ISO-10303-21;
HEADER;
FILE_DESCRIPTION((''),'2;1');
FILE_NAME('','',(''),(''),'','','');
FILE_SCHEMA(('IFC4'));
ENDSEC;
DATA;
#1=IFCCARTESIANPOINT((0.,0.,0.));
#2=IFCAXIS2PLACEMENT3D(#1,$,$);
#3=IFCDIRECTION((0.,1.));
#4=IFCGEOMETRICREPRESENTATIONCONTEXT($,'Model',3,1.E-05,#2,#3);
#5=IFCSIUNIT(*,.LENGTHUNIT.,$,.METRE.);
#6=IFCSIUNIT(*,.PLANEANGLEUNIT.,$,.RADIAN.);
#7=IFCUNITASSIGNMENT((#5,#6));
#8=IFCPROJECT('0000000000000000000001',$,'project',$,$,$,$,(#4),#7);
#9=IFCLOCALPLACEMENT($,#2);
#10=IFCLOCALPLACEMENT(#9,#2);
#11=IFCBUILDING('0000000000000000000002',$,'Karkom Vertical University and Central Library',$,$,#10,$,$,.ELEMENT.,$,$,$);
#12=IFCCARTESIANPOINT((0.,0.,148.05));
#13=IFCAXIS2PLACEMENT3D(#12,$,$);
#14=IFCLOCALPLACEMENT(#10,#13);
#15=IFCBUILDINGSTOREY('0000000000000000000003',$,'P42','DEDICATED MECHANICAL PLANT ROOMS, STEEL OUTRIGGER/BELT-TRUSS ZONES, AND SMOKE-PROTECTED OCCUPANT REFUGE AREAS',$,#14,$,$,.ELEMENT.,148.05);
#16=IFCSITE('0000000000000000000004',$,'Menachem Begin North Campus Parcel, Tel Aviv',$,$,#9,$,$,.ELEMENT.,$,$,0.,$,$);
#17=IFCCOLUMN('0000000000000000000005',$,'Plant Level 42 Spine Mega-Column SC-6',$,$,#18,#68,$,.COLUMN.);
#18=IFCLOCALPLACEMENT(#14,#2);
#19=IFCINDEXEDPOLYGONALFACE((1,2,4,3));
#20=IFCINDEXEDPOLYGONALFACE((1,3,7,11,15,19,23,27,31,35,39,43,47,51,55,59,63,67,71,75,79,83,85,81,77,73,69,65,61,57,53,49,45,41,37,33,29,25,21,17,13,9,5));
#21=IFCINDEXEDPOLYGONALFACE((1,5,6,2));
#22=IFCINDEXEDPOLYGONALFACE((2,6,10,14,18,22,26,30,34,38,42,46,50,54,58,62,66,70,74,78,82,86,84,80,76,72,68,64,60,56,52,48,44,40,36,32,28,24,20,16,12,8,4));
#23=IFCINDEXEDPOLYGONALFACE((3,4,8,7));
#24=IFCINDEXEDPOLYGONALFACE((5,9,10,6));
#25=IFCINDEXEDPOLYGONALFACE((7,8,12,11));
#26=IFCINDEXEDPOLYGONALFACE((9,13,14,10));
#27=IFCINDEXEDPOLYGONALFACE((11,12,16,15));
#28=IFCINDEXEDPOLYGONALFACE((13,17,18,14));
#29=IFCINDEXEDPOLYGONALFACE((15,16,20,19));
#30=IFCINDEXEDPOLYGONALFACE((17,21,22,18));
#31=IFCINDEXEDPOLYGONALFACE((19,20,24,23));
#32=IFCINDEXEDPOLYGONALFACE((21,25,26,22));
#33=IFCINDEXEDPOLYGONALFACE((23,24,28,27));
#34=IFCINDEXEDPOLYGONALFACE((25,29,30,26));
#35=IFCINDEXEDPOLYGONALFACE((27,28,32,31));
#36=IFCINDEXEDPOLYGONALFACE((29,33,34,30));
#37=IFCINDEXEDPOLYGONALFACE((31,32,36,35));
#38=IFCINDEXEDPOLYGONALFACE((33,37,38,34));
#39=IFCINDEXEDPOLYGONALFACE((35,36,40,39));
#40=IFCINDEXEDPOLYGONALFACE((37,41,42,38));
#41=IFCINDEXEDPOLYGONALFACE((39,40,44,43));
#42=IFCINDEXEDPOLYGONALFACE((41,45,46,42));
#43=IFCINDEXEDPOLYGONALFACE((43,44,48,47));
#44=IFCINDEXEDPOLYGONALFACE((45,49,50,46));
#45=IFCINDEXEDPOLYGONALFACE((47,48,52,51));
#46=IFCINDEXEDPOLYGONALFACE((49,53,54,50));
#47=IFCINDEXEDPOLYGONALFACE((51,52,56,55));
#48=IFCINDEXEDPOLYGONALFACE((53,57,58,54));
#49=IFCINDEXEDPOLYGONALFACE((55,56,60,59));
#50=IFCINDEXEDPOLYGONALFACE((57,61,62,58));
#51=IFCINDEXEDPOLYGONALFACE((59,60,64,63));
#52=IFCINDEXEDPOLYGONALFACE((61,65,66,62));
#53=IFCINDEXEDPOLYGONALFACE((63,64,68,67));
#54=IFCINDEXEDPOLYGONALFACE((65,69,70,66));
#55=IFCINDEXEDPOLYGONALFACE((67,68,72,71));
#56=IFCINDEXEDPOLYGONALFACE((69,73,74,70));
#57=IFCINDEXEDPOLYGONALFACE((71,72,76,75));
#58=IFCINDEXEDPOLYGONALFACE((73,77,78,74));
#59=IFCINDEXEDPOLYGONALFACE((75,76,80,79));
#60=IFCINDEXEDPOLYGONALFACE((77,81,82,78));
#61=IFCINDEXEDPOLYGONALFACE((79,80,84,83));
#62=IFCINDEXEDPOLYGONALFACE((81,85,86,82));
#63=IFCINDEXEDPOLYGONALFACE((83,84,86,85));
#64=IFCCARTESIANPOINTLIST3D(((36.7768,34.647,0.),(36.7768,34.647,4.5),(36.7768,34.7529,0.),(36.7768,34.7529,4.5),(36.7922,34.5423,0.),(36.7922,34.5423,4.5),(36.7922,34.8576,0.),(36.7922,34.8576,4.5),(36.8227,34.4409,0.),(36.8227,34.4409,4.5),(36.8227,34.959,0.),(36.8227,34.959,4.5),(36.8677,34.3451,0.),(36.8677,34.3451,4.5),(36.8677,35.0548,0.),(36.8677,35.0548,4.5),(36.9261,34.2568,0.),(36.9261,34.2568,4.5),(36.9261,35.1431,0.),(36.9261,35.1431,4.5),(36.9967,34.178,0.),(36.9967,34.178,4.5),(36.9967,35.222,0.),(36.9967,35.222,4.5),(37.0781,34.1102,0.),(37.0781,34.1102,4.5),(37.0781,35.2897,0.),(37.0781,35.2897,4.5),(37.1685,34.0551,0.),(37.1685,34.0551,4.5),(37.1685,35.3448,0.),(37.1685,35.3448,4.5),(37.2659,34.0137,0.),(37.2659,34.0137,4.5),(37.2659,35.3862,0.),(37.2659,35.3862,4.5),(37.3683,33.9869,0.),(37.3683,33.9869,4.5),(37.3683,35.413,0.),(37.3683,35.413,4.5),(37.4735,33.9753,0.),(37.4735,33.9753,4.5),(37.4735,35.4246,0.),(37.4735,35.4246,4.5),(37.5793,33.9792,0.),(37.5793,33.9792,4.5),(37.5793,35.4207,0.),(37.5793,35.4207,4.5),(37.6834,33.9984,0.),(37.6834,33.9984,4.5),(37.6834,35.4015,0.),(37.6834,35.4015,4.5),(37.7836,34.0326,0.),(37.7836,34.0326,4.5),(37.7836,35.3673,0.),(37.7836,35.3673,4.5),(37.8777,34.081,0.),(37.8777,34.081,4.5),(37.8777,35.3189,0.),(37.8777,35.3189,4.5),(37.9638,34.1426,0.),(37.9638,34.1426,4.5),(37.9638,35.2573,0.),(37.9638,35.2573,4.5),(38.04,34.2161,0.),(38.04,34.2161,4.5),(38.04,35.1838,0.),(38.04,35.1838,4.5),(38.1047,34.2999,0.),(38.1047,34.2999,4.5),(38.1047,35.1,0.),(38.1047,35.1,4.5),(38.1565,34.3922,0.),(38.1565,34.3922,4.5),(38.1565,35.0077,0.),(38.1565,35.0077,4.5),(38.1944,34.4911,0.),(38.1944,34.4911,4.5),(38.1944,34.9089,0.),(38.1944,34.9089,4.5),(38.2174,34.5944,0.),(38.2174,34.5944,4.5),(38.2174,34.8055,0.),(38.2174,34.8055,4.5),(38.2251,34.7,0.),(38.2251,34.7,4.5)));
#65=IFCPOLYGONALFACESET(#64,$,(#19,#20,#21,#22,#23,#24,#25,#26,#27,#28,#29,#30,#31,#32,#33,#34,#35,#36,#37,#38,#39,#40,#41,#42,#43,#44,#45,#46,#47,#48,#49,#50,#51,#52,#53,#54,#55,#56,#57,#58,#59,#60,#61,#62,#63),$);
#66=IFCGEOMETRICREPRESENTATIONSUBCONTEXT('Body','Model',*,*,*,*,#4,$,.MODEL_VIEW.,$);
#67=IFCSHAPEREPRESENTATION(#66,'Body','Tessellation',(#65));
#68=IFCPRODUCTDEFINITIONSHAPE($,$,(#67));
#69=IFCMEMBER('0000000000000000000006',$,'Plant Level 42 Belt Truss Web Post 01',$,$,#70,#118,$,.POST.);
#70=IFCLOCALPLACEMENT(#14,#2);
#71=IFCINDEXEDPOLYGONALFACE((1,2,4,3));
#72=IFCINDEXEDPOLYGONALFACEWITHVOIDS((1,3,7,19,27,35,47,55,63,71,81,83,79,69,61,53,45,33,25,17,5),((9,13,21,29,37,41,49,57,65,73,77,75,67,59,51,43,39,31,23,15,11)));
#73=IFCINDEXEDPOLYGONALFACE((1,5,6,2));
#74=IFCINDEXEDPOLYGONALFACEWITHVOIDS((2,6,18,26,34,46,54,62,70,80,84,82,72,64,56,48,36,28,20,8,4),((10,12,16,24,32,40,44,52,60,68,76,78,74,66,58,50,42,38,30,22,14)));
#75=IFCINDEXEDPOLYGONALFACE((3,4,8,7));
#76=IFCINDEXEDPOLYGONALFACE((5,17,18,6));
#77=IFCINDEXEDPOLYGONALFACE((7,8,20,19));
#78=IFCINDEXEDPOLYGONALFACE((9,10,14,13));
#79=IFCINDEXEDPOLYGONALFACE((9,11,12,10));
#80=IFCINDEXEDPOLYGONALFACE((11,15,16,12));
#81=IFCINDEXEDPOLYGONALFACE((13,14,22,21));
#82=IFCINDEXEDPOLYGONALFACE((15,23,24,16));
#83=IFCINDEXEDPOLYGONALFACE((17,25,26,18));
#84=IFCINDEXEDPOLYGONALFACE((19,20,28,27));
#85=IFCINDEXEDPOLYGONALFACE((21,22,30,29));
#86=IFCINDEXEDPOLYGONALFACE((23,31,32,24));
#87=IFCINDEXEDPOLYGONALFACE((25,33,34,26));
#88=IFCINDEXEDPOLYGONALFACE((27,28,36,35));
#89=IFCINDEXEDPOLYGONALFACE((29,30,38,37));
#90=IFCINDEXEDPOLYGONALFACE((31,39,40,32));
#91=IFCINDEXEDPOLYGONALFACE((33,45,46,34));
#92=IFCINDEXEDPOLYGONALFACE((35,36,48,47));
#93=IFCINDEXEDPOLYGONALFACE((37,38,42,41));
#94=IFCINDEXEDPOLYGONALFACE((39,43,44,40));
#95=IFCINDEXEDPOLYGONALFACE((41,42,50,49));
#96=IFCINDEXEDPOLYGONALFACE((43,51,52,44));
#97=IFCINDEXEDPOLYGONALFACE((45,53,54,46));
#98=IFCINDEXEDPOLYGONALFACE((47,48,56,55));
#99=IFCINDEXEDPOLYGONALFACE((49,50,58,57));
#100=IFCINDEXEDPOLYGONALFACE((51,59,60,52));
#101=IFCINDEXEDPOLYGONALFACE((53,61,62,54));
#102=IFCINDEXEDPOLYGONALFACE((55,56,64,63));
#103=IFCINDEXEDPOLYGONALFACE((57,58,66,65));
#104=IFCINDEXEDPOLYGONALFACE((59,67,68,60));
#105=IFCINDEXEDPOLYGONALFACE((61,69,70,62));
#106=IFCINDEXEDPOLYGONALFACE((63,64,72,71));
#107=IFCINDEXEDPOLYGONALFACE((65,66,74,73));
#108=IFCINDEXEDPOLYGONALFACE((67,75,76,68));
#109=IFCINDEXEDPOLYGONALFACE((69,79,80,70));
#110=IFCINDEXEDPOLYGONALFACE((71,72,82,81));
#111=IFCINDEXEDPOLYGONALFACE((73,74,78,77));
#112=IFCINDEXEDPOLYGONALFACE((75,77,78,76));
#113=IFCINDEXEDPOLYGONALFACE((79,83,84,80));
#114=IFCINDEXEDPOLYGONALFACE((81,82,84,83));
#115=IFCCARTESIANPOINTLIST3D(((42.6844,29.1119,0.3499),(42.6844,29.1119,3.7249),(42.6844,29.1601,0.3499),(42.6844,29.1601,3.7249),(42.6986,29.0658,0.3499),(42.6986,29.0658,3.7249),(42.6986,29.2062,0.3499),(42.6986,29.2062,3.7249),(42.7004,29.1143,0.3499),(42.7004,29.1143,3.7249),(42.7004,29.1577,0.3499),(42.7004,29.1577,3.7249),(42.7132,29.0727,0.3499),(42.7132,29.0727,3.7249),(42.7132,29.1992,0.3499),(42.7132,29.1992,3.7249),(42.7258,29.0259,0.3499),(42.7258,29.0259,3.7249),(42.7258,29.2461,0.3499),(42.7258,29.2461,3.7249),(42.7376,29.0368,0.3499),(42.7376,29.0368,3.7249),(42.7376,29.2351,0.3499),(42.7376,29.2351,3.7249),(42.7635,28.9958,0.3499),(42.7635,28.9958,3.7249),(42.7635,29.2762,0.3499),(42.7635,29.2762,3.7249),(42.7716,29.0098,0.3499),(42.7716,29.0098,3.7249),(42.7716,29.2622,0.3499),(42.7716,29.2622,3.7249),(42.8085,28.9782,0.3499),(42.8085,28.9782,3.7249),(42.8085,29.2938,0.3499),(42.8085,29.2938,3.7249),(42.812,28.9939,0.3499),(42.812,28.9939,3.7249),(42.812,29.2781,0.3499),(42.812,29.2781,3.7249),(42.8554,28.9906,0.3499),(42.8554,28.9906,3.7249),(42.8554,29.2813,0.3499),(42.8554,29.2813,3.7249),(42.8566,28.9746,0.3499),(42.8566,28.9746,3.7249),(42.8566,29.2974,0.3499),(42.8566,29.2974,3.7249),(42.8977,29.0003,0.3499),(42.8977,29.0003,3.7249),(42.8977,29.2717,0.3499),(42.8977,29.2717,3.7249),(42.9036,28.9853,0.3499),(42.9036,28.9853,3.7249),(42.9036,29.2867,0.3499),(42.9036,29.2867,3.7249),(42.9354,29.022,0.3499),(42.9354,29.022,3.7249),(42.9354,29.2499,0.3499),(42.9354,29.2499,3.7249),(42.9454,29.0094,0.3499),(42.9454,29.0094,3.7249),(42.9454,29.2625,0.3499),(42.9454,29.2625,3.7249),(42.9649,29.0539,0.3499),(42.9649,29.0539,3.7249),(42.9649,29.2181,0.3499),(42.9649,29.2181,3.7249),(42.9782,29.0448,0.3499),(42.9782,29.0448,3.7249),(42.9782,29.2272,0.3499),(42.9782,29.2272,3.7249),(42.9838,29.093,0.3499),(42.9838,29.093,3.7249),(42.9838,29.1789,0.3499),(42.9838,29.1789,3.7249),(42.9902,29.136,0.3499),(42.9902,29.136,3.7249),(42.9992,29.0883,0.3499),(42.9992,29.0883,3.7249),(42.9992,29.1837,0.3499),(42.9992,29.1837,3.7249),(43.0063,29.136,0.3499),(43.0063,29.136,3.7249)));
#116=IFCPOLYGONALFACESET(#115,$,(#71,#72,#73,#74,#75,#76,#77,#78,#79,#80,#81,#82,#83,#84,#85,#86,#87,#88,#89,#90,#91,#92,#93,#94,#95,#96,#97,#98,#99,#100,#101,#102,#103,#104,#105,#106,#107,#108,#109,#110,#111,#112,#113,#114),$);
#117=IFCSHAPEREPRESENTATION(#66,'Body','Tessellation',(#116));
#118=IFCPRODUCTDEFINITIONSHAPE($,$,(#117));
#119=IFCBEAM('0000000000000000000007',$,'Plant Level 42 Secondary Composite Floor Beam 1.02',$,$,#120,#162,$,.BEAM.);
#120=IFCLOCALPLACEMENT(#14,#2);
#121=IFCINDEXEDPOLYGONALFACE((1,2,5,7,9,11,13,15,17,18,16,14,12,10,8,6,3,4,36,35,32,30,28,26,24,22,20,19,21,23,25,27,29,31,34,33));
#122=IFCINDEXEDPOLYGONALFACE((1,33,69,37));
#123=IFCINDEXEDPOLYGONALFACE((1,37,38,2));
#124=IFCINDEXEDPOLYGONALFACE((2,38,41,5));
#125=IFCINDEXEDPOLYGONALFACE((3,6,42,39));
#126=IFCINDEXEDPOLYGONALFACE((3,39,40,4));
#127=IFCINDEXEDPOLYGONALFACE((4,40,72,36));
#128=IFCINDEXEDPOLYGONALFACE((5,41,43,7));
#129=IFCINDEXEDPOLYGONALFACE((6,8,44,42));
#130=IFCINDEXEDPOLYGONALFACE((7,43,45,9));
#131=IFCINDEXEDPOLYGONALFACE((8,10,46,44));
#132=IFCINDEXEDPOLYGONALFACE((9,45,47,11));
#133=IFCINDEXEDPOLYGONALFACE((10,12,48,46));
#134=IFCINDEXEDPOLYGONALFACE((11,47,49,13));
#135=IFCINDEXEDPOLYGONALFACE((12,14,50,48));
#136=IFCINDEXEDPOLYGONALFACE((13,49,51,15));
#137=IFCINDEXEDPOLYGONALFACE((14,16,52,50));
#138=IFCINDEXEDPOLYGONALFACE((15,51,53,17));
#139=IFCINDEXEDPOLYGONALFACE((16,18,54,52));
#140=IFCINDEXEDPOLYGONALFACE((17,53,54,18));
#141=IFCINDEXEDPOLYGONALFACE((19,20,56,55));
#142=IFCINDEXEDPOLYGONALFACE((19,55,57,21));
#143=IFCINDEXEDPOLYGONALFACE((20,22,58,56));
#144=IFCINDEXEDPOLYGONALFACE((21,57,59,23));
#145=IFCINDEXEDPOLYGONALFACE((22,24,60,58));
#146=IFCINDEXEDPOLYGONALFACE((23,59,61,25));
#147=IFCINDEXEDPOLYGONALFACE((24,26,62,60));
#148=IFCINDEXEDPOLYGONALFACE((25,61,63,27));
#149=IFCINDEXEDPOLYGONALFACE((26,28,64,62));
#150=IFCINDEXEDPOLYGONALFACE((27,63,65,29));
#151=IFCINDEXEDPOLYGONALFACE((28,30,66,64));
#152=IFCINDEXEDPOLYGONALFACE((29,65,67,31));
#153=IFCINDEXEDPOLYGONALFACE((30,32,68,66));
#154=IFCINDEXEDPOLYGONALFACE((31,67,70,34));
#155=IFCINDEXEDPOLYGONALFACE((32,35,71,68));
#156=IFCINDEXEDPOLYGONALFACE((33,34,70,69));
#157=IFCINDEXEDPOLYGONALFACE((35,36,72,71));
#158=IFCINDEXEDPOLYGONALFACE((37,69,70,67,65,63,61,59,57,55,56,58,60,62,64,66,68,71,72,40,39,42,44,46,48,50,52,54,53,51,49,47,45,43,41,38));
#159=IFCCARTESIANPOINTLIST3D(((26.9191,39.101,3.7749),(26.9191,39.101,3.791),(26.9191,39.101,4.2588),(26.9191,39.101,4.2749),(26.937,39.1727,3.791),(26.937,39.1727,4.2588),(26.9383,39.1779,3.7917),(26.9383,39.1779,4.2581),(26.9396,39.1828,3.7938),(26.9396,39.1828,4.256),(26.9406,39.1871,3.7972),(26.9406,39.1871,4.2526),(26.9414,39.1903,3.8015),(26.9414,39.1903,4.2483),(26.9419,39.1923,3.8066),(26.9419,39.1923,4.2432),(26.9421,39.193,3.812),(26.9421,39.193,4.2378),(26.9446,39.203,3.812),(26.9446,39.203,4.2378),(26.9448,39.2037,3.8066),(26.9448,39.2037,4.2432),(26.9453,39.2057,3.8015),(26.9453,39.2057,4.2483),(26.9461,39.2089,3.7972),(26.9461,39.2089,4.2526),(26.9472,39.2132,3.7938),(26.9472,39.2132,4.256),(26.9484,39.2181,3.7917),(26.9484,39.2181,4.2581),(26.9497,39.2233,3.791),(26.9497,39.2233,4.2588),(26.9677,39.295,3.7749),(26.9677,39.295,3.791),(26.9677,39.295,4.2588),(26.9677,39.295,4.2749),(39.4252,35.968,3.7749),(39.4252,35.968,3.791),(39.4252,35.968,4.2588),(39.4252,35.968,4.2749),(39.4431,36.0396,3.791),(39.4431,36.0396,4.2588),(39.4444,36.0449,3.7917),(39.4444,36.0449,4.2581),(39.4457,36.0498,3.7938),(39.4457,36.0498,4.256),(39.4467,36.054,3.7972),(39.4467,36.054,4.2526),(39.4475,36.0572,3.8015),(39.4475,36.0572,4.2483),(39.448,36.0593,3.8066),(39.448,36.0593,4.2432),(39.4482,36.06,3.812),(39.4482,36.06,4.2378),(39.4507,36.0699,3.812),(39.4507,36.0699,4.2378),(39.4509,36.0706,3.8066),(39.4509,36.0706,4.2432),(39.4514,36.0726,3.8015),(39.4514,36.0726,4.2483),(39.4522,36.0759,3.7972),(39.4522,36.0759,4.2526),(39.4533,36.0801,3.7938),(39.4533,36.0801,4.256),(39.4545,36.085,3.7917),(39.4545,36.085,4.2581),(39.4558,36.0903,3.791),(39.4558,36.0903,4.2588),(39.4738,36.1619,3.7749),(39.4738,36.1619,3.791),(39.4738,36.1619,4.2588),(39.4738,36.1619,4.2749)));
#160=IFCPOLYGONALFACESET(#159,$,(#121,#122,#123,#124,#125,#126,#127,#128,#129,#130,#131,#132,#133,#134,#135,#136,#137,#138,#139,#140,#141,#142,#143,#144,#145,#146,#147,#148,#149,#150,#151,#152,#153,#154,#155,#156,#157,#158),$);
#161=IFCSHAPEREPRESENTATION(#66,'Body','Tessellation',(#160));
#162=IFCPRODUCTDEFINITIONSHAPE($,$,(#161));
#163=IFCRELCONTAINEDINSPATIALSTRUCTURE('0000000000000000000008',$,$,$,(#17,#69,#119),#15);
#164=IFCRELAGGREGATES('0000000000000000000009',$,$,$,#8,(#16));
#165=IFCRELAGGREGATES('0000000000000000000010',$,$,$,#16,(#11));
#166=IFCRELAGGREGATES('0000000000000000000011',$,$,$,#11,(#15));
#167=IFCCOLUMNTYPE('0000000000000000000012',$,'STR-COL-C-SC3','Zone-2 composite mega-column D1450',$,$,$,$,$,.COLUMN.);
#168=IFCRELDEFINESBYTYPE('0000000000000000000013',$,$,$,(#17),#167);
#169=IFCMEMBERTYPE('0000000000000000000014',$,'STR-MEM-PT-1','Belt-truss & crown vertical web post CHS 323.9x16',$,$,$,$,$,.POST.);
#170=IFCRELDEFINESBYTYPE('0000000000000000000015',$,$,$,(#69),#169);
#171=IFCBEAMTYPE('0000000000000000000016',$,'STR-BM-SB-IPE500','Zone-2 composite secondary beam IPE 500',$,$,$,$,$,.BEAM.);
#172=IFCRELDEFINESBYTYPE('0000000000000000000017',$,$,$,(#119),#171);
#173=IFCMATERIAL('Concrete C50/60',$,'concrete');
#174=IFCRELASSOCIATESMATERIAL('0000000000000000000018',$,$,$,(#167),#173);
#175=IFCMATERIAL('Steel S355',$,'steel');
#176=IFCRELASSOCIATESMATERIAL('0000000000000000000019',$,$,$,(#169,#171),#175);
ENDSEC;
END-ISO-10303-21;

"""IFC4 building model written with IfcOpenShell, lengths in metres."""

from ifc_helpers import new_model, si_unit, direction, frame, origin, origin_with_axes, origin_2d, place, context, subcontext, project, spatial, circle, hollow_circle, i_section, extrude, source, transform, mapped, material, material_profile, profile_set, type_object, element, save


model = new_model("IFC4")

# Units and contexts
model_context = context("Model", 3, precision=1e-05, world=origin(), true_north=direction((0.0, 1.0)))
body_context = subcontext(model_context, "Body", "Model", "MODEL_VIEW")
ifc_project = project(units=[si_unit("LENGTHUNIT", "METRE"), si_unit("PLANEANGLEUNIT", "RADIAN")], contexts=[model_context])

# Site, building, storey
site_placement = place(None, origin())
site = spatial("IfcSite", under=ifc_project, at=site_placement, Name="Menachem Begin North Campus Parcel, Tel Aviv", CompositionType="ELEMENT", RefElevation=0.0)
building_placement = place(site_placement, origin())
building = spatial("IfcBuilding", under=site, at=building_placement, Name="Karkom Vertical University and Central Library", CompositionType="ELEMENT")
storey_placement = place(building_placement, frame((0.0, 0.0, 148.05)))
storey = spatial("IfcBuildingStorey", under=building, at=storey_placement, Name="P42", Description="DEDICATED MECHANICAL PLANT ROOMS, STEEL OUTRIGGER/BELT-TRUSS ZONES, AND SMOKE-PROTECTED OCCUPANT REFUGE AREAS", CompositionType="ELEMENT", Elevation=148.05)

# Column
ifc_material_1 = material(Name="Concrete C50/60", Category="concrete")
ifc_material_profile_1 = material_profile(ifc_material_1, circle(Radius=0.7251, at=origin_2d()), Name="CFT-D1450")
ifc_profile_set_1 = profile_set([ifc_material_profile_1], Name="Concrete C50/60")
column_type = type_object("IfcColumnType", Name="STR-COL-C-SC3", Description="Zone-2 composite mega-column D1450", PredefinedType="COLUMN", material=ifc_profile_set_1)
shared_shape_1 = source(origin_with_axes(), body_context, "Body", "SweptSolid", [
    extrude(circle(Radius=0.7251, at=origin_2d()), origin(), (0.0, 0.0, 1.0), 4.5),
])
column_placement = place(storey_placement, frame((37.5, 34.7, 0.0), z_axis=(0.0, 0.0, 1.0), x_axis=(1.0, 0.0, 0.0)))
element("IfcColumn", 1, at=column_placement, inside=storey, type_object=column_type, Name="Plant Level 42 Spine Mega-Column SC-6", PredefinedType="COLUMN", context=body_context, shape_type="MappedRepresentation", body=[
    mapped(shared_shape_1, transform((0.0, 0.0, 0.0), scale=1.0)),
])

# Member
ifc_material_2 = material(Name="Steel S355", Category="steel")
ifc_material_profile_2 = material_profile(ifc_material_2, hollow_circle(Radius=0.1619, WallThickness=0.0161, at=origin_2d()), Name="CHS 323.9x16")
ifc_profile_set_2 = profile_set([ifc_material_profile_2], Name="Steel S355")
member_type_1 = type_object("IfcMemberType", Name="STR-MEM-PT-1", Description="Belt-truss & crown vertical web post CHS 323.9x16", PredefinedType="POST", material=ifc_profile_set_2)
shared_shape_2 = source(origin_with_axes(), body_context, "Body", "SweptSolid", [
    extrude(hollow_circle(Radius=0.1619, WallThickness=0.0161, at=origin_2d()), origin(), (0.0, 0.0, 1.0), 3.375),
])
member_1_placement = place(storey_placement, frame((42.8445, 29.136, 0.3499), z_axis=(0.0, 0.0, 1.0), x_axis=(1.0, 0.0, 0.0)))
element("IfcMember", 2, at=member_1_placement, inside=storey, type_object=member_type_1, Name="Plant Level 42 Belt Truss Web Post 01", PredefinedType="POST", context=body_context, shape_type="MappedRepresentation", body=[
    mapped(shared_shape_2, transform((0.0, 0.0, 0.0), scale=1.0)),
])

# Beam
ifc_material_profile_3 = material_profile(ifc_material_2, i_section(OverallWidth=0.2, OverallDepth=0.5, WebThickness=0.0103, FlangeThickness=0.0161, FilletRadius=0.021, at=origin_2d()), Name="IPE 500")
ifc_profile_set_3 = profile_set([ifc_material_profile_3], Name="Steel S355")
beam_type_1 = type_object("IfcBeamType", Name="STR-BM-SB-IPE500", Description="Zone-2 composite secondary beam IPE 500", PredefinedType="BEAM", material=ifc_profile_set_3)
shared_shape_3 = source(origin_with_axes(), body_context, "Body", "SweptSolid", [
    extrude(i_section(OverallWidth=0.2, OverallDepth=0.5, WebThickness=0.0103, FlangeThickness=0.0161, FilletRadius=0.021, at=origin_2d()), origin(), (0.0, 0.0, 1.0), 12.8926),
])
beam_1_placement = place(storey_placement, frame((39.4495, 36.0649, 4.0249), z_axis=(-0.970023, 0.243012, 0.0), x_axis=(-0.243012, -0.970023, 0.0)))
element("IfcBeam", 3, at=beam_1_placement, inside=storey, type_object=beam_type_1, Name="Plant Level 42 Secondary Composite Floor Beam 1.02", PredefinedType="BEAM", context=body_context, shape_type="MappedRepresentation", body=[
    mapped(shared_shape_3, transform((0.0, 0.0, 0.0), scale=1.0)),
])

save(model, "model.ifc")
